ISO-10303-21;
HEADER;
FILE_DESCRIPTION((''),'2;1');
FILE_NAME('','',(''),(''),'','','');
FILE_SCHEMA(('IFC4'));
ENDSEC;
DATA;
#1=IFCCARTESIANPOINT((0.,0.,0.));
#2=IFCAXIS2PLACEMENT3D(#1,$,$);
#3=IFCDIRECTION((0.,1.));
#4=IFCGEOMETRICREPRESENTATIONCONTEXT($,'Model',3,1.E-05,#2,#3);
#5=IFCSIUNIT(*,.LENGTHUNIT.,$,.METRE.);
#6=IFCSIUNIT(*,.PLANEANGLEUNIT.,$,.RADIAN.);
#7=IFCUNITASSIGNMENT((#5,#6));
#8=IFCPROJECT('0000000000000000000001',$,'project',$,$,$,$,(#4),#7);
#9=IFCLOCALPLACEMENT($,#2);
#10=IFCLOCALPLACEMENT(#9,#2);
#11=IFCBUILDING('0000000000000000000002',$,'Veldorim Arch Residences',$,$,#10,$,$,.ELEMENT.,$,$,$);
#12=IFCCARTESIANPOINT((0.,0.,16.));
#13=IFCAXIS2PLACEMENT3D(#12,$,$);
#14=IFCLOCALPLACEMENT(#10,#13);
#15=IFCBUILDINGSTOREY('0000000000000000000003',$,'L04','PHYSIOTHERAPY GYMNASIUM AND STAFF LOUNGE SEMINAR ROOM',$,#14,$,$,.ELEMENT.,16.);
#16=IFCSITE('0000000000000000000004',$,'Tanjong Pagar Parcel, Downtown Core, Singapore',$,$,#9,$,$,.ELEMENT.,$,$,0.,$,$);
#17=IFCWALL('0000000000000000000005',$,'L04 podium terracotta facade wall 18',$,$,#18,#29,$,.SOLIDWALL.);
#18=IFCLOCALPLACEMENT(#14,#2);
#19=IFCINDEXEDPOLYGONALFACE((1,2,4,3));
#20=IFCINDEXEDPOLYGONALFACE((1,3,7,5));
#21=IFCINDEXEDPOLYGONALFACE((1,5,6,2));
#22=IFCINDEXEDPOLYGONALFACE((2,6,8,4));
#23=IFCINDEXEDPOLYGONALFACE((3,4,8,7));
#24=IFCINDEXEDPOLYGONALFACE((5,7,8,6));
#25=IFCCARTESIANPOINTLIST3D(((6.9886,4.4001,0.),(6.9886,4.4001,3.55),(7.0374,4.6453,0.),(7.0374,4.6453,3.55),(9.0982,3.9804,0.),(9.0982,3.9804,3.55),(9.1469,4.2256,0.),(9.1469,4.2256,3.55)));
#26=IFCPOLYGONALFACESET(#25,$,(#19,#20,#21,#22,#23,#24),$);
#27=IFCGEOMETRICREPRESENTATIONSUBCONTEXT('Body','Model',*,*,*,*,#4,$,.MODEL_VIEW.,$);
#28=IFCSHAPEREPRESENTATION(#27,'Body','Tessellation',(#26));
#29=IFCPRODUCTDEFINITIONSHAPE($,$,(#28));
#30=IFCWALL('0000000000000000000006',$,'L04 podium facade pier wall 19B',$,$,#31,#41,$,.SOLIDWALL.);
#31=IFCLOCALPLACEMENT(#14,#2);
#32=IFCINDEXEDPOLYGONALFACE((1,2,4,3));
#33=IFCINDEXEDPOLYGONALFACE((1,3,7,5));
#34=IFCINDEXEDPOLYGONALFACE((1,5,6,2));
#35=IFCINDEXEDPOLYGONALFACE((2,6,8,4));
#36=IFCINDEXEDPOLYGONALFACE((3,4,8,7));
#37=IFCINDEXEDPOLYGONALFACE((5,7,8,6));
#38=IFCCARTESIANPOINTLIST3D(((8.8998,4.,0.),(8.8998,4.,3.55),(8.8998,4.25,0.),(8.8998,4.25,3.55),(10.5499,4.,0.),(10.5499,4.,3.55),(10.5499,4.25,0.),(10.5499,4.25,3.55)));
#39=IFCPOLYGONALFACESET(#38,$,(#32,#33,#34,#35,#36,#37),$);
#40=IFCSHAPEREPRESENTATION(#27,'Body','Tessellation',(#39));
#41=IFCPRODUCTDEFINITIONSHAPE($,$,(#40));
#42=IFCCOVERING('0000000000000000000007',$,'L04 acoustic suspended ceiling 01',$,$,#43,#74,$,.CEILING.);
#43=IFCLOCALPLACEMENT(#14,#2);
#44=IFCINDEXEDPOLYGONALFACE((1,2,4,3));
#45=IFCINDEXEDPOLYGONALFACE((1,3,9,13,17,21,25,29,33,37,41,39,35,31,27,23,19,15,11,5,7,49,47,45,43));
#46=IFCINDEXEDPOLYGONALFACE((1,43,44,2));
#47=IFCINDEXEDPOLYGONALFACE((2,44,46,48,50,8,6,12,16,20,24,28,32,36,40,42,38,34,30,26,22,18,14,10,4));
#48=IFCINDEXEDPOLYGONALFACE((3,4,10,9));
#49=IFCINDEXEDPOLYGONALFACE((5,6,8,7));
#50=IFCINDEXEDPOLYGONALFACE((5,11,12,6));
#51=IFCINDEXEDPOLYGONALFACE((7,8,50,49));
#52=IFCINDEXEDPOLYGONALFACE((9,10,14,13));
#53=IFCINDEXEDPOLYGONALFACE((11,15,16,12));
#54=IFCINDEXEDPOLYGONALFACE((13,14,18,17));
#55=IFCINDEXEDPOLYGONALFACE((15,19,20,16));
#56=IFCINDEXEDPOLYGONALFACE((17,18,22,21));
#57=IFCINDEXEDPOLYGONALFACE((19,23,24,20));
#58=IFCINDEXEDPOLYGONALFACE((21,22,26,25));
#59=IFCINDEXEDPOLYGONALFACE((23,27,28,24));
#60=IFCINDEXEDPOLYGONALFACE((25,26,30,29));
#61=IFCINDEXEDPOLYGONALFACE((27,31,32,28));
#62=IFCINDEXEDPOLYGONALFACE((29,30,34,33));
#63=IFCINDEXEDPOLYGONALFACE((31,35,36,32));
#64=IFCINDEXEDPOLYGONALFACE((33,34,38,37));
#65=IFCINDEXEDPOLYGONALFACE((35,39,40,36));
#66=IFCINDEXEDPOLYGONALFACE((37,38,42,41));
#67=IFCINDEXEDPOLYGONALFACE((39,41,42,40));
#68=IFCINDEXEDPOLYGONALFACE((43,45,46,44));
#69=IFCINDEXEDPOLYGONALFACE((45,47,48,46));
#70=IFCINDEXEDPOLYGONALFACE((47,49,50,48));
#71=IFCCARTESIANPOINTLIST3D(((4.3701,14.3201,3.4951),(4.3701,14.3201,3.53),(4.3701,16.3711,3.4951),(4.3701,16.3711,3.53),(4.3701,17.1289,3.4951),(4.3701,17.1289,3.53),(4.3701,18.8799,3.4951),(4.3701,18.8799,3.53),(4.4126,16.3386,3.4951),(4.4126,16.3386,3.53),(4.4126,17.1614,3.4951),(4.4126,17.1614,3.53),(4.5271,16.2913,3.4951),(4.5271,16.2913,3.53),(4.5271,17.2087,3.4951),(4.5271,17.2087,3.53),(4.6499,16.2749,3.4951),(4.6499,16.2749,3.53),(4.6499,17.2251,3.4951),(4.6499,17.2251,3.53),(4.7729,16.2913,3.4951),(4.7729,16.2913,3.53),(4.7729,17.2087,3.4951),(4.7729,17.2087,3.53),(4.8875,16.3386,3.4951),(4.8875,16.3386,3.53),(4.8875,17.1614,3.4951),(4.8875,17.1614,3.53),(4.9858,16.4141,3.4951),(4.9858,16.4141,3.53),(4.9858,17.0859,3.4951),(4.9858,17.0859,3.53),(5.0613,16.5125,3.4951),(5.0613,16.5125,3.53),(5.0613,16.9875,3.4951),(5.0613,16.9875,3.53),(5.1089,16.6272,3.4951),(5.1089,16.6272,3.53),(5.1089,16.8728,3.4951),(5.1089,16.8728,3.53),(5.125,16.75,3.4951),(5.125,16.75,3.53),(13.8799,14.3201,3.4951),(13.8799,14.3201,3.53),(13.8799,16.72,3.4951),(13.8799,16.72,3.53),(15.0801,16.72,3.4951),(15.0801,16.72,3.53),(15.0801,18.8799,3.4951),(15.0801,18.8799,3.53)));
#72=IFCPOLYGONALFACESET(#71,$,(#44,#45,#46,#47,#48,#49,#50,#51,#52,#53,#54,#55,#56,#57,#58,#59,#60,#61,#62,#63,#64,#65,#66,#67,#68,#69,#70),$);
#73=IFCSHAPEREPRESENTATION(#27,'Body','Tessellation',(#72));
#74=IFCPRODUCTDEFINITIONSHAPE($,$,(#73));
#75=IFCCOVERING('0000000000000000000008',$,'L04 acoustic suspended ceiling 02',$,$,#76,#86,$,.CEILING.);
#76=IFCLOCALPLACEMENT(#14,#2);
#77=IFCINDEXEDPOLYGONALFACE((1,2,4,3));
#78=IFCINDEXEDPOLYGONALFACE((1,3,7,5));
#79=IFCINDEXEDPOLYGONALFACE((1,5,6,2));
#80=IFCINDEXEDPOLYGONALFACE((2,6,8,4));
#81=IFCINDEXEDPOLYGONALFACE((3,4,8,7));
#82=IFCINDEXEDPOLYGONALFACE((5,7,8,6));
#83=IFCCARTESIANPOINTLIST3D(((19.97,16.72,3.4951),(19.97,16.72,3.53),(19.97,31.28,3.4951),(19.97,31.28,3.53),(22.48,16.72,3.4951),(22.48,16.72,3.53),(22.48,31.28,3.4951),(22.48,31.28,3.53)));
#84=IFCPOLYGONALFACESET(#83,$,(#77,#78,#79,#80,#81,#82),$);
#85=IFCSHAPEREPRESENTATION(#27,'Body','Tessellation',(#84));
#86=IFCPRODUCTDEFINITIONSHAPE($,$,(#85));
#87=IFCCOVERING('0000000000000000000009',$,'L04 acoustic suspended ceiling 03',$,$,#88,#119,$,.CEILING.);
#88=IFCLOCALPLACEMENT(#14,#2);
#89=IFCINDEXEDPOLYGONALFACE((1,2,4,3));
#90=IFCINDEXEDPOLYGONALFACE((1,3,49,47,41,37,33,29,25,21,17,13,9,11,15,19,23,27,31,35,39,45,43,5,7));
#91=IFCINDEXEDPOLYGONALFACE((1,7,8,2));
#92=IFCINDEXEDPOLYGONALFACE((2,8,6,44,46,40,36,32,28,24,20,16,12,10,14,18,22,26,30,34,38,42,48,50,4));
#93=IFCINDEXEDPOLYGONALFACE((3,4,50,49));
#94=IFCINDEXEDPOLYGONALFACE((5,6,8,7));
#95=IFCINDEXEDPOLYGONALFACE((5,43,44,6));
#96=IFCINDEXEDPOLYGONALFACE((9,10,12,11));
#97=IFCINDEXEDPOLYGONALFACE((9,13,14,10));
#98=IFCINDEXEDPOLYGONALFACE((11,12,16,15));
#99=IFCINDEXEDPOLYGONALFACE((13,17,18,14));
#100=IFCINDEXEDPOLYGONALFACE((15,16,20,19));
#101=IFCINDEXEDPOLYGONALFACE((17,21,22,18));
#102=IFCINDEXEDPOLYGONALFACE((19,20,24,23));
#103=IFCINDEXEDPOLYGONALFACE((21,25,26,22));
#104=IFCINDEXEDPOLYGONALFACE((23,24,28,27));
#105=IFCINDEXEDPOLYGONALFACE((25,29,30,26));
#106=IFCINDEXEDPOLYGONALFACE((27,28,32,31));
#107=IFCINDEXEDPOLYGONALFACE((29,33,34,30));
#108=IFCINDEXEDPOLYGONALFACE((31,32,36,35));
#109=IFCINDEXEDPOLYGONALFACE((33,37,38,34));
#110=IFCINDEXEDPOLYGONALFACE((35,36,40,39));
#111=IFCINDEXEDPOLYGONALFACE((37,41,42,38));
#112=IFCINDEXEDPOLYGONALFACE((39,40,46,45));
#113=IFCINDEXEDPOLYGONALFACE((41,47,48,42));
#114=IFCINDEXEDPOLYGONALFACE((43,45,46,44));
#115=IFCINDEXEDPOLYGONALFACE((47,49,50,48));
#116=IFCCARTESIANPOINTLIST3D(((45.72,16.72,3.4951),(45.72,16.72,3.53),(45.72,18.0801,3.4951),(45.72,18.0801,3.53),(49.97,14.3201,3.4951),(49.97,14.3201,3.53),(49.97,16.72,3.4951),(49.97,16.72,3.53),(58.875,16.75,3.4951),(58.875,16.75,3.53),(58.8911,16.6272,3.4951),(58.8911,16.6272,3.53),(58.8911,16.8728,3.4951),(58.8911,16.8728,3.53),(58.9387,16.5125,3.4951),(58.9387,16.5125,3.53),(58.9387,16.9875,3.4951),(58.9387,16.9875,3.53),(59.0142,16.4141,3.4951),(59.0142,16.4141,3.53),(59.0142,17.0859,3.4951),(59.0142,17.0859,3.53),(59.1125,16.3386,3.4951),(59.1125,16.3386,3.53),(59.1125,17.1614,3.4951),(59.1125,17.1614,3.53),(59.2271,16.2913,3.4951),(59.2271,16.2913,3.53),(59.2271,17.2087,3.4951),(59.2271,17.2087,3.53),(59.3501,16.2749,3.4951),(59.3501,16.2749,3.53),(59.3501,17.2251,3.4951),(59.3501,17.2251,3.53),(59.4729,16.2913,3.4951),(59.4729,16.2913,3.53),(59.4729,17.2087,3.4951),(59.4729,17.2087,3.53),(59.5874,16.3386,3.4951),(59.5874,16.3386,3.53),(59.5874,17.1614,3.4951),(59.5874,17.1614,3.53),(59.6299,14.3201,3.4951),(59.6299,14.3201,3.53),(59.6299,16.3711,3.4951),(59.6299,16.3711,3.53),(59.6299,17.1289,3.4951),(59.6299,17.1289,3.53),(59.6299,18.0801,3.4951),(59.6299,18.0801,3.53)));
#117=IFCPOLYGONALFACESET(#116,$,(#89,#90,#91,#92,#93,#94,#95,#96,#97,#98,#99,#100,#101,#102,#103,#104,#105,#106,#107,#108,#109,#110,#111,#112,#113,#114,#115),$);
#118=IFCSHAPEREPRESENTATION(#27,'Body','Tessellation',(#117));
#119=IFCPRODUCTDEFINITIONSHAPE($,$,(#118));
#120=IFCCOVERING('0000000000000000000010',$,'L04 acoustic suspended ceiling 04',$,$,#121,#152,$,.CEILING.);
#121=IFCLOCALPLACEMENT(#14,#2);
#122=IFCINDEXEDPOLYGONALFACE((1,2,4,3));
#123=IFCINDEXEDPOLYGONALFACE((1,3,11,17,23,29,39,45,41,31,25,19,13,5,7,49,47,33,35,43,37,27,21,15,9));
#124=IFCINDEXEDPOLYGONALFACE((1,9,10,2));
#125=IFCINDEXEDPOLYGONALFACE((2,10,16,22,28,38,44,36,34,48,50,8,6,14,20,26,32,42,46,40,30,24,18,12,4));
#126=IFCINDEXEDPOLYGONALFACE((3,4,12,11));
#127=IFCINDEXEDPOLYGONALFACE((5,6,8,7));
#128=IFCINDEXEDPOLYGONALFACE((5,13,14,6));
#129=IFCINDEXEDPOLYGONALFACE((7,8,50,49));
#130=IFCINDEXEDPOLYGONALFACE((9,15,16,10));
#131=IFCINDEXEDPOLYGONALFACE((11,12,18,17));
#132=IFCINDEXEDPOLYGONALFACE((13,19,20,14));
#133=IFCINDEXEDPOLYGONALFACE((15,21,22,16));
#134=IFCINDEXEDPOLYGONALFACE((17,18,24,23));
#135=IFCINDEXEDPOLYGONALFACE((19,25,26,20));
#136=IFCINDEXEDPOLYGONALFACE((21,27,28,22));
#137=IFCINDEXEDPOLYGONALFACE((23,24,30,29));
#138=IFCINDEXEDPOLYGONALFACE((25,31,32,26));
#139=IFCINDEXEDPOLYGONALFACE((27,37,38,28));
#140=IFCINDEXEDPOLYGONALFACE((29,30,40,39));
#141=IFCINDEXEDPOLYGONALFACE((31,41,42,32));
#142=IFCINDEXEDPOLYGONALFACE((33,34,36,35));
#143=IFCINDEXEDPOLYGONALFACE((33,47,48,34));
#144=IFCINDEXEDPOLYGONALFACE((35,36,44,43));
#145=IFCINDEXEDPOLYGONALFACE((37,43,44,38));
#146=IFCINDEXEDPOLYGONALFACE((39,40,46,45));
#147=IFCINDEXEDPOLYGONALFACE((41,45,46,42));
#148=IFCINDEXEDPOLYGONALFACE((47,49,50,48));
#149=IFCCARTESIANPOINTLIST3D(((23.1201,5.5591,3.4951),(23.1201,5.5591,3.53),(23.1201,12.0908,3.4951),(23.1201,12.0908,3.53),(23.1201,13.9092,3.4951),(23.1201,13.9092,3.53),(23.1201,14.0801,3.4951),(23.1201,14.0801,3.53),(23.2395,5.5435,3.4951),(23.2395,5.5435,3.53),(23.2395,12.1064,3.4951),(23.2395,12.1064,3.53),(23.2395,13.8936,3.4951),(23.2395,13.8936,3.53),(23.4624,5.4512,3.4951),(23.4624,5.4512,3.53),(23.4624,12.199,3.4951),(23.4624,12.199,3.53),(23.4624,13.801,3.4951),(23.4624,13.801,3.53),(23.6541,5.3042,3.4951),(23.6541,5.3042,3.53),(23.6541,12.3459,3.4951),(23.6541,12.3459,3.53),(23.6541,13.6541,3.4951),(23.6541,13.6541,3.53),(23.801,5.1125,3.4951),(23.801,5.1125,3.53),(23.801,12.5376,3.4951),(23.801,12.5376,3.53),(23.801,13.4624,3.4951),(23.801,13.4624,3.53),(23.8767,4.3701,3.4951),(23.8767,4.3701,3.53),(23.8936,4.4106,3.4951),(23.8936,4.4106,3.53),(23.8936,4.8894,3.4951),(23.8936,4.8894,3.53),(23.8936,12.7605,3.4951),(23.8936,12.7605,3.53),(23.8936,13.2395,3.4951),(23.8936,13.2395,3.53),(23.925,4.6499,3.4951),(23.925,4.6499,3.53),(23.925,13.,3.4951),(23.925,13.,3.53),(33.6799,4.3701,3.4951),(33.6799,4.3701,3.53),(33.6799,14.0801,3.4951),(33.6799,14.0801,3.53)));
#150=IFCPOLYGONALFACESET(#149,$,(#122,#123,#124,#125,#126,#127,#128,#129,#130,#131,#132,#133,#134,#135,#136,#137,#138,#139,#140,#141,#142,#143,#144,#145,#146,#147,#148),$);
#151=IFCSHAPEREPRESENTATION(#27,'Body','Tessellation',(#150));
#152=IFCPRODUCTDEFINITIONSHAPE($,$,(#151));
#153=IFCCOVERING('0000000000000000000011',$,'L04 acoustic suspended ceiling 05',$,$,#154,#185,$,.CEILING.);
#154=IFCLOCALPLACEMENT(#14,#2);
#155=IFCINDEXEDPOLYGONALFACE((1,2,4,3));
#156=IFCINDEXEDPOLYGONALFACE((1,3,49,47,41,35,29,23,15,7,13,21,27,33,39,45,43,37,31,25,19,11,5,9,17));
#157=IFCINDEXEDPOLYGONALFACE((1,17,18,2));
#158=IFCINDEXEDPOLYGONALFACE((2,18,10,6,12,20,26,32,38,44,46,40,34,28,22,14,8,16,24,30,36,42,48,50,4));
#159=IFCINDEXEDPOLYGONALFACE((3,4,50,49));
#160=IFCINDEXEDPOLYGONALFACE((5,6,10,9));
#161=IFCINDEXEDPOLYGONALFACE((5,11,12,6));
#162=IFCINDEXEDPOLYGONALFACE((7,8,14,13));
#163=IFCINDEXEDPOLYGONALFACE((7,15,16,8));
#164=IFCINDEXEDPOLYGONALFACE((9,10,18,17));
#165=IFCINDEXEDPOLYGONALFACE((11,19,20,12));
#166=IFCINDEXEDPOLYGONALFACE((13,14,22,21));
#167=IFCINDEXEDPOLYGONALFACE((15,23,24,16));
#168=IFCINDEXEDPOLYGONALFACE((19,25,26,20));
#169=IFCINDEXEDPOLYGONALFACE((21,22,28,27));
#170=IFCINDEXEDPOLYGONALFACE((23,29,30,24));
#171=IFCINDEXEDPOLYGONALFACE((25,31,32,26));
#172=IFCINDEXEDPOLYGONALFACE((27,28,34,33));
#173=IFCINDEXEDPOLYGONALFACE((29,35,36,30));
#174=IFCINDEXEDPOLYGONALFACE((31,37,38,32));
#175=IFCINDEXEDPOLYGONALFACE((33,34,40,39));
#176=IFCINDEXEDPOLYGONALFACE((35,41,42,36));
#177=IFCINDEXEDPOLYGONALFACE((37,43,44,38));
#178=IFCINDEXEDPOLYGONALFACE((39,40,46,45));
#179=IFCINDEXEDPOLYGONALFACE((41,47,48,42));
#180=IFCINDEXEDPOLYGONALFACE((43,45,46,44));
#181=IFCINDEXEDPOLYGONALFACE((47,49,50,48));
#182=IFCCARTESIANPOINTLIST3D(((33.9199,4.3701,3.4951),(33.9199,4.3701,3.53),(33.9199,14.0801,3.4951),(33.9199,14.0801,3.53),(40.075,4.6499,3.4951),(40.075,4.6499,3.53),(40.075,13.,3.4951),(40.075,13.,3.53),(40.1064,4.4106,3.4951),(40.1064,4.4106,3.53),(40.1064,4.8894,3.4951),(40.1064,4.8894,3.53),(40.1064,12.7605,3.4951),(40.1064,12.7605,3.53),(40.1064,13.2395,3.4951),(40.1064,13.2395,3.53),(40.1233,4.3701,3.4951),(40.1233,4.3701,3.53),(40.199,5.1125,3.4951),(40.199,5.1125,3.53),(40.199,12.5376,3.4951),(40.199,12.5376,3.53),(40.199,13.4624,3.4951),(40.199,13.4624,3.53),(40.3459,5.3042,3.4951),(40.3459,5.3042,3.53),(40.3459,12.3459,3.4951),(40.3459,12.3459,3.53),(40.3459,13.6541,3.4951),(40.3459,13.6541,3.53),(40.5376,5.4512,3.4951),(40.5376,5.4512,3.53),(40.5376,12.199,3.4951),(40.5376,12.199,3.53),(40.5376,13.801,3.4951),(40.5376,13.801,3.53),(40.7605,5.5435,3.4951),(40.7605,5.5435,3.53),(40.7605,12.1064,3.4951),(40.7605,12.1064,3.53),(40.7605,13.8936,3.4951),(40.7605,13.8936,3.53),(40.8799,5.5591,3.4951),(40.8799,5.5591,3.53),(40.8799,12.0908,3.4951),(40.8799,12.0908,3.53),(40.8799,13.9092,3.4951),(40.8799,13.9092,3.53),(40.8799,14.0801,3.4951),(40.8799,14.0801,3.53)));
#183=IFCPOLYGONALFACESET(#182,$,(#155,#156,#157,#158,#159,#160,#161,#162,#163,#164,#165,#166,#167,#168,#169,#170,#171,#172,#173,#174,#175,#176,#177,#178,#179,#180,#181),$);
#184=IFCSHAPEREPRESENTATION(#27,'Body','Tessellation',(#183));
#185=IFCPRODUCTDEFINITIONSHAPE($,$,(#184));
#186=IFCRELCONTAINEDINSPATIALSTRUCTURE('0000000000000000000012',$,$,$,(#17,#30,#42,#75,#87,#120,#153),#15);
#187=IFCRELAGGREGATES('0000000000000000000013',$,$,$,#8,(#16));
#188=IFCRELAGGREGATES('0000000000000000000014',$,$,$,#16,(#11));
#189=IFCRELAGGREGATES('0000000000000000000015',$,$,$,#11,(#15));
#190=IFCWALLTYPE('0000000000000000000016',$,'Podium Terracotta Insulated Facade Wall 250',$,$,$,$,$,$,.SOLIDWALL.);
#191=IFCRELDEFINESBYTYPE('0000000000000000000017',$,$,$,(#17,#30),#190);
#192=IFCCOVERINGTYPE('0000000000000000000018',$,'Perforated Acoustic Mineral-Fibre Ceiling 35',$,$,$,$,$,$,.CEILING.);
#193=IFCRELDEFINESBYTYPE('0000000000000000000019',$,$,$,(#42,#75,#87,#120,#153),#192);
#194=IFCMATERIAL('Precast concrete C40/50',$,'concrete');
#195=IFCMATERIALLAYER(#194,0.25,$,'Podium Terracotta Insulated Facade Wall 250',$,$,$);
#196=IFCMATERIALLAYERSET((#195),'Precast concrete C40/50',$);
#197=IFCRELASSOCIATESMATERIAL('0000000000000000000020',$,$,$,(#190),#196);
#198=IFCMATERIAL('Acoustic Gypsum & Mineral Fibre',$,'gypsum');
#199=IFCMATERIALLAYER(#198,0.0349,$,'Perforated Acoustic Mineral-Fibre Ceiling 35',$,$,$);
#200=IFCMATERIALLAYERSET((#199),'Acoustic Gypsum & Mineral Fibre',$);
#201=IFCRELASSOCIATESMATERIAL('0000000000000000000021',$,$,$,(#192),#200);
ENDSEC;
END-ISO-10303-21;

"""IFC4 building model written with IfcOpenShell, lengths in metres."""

from ifc_helpers import new_model, si_unit, direction, frame, frame_2d, origin, place, context, subcontext, project, spatial, polyline, rectangle, outline, extrude, material, layer, layer_set, type_object, element, save


model = new_model("IFC4")

# Units and contexts
model_context = context("Model", 3, precision=1e-05, world=origin(), true_north=direction((0.0, 1.0)))
body_context = subcontext(model_context, "Body", "Model", "MODEL_VIEW")
ifc_project = project(units=[si_unit("LENGTHUNIT", "METRE"), si_unit("PLANEANGLEUNIT", "RADIAN")], contexts=[model_context])

# Site, building, storey
site_placement = place(None, origin())
site = spatial("IfcSite", under=ifc_project, at=site_placement, Name="Tanjong Pagar Parcel, Downtown Core, Singapore", CompositionType="ELEMENT", RefElevation=0.0)
building_placement = place(site_placement, origin())
building = spatial("IfcBuilding", under=site, at=building_placement, Name="Veldorim Arch Residences", CompositionType="ELEMENT")
storey_placement = place(building_placement, frame((0.0, 0.0, 16.0)))
storey = spatial("IfcBuildingStorey", under=building, at=storey_placement, Name="L04", Description="PHYSIOTHERAPY GYMNASIUM AND STAFF LOUNGE SEMINAR ROOM", CompositionType="ELEMENT", Elevation=16.0)

# Walls
ifc_material_1 = material(Name="Precast concrete C40/50", Category="concrete")
ifc_layer_1 = layer(ifc_material_1, 0.25, Name="Podium Terracotta Insulated Facade Wall 250")
ifc_layer_set_1 = layer_set([ifc_layer_1], Name="Precast concrete C40/50")
wall_type = type_object("IfcWallType", Name="Podium Terracotta Insulated Facade Wall 250", PredefinedType="SOLIDWALL", material=ifc_layer_set_1)
wall_1_placement = place(storey_placement, frame((9.1226, 4.103, 0.0), z_axis=(0.0, 0.0, 1.0), x_axis=(-0.980781, 0.195112, 0.0)))
element("IfcWall", 1, at=wall_1_placement, inside=storey, type_object=wall_type, Name="L04 podium terracotta facade wall 18", PredefinedType="SOLIDWALL", context=body_context, shape_type="SweptSolid", body=[
    extrude(rectangle(XDim=2.1509, YDim=0.25, at=frame_2d((1.0754, 0.0))), origin(), (0.0, 0.0, 1.0), 3.55),
])
wall_2_placement = place(storey_placement, frame((10.55, 4.125, 0.0), z_axis=(0.0, 0.0, 1.0), x_axis=(-1.0, 0.0, 0.0)))
element("IfcWall", 2, at=wall_2_placement, inside=storey, type_object=wall_type, Name="L04 podium facade pier wall 19B", PredefinedType="SOLIDWALL", context=body_context, shape_type="SweptSolid", body=[
    extrude(rectangle(XDim=1.6501, YDim=0.25, at=frame_2d((0.8252, 0.0))), origin(), (0.0, 0.0, 1.0), 3.55),
])

# Coverings
ifc_material_2 = material(Name="Acoustic Gypsum & Mineral Fibre", Category="gypsum")
ifc_layer_2 = layer(ifc_material_2, 0.0349, Name="Perforated Acoustic Mineral-Fibre Ceiling 35")
ifc_layer_set_2 = layer_set([ifc_layer_2], Name="Acoustic Gypsum & Mineral Fibre")
covering_type_1 = type_object("IfcCoveringType", Name="Perforated Acoustic Mineral-Fibre Ceiling 35", PredefinedType="CEILING", material=ifc_layer_set_2)
covering_1_placement = place(storey_placement, frame((0.0, 0.0, 3.4951)))
element("IfcCovering", 3, at=covering_1_placement, inside=storey, type_object=covering_type_1, Name="L04 acoustic suspended ceiling 01", PredefinedType="CEILING", context=body_context, shape_type="SweptSolid", body=[
    extrude(outline(polyline([(13.8799, 14.3201), (4.3701, 14.3201), (4.3701, 16.3711), (4.4126, 16.3386), (4.5271, 16.2913), (4.6499, 16.2749), (4.7729, 16.2913), (4.8875, 16.3386), (4.9858, 16.4141), (5.0613, 16.5125), (5.1089, 16.6272), (5.125, 16.75), (5.1089, 16.8728), (5.0613, 16.9875), (4.9858, 17.0859), (4.8875, 17.1614), (4.7729, 17.2087), (4.6499, 17.2251), (4.5271, 17.2087), (4.4126, 17.1614), (4.3701, 17.1289), (4.3701, 18.8799), (15.0801, 18.8799), (15.0801, 16.72), (13.8799, 16.72), (13.8799, 14.3201)])), origin(), (0.0, 0.0, 1.0), 0.0349),
])
covering_2_placement = place(storey_placement, frame((0.0, 0.0, 3.4951)))
element("IfcCovering", 4, at=covering_2_placement, inside=storey, type_object=covering_type_1, Name="L04 acoustic suspended ceiling 02", PredefinedType="CEILING", context=body_context, shape_type="SweptSolid", body=[
    extrude(outline(polyline([(22.48, 31.28), (22.48, 16.72), (19.97, 16.72), (19.97, 31.28), (22.48, 31.28)])), origin(), (0.0, 0.0, 1.0), 0.0349),
])
covering_3_placement = place(storey_placement, frame((0.0, 0.0, 3.4951)))
element("IfcCovering", 5, at=covering_3_placement, inside=storey, type_object=covering_type_1, Name="L04 acoustic suspended ceiling 03", PredefinedType="CEILING", context=body_context, shape_type="SweptSolid", body=[
    extrude(outline(polyline([(49.97, 16.72), (45.72, 16.72), (45.72, 18.0801), (59.6299, 18.0801), (59.6299, 17.1289), (59.5874, 17.1614), (59.4729, 17.2087), (59.3501, 17.2251), (59.2271, 17.2087), (59.1125, 17.1614), (59.0142, 17.0859), (58.9387, 16.9875), (58.8911, 16.8728), (58.875, 16.75), (58.8911, 16.6272), (58.9387, 16.5125), (59.0142, 16.4141), (59.1125, 16.3386), (59.2271, 16.2913), (59.3501, 16.2749), (59.4729, 16.2913), (59.5874, 16.3386), (59.6299, 16.3711), (59.6299, 14.3201), (49.97, 14.3201), (49.97, 16.72)])), origin(), (0.0, 0.0, 1.0), 0.0349),
])
covering_4_placement = place(storey_placement, frame((0.0, 0.0, 3.4951)))
element("IfcCovering", 6, at=covering_4_placement, inside=storey, type_object=covering_type_1, Name="L04 acoustic suspended ceiling 04", PredefinedType="CEILING", context=body_context, shape_type="SweptSolid", body=[
    extrude(outline(polyline([(33.6799, 14.0801), (33.6799, 4.3701), (23.8767, 4.3701), (23.8936, 4.4106), (23.925, 4.6499), (23.8936, 4.8894), (23.801, 5.1125), (23.6541, 5.3042), (23.4624, 5.4512), (23.2395, 5.5435), (23.1201, 5.5591), (23.1201, 12.0908), (23.2395, 12.1064), (23.4624, 12.199), (23.6541, 12.3459), (23.801, 12.5376), (23.8936, 12.7605), (23.925, 13.0), (23.8936, 13.2395), (23.801, 13.4624), (23.6541, 13.6541), (23.4624, 13.801), (23.2395, 13.8936), (23.1201, 13.9092), (23.1201, 14.0801), (33.6799, 14.0801)])), origin(), (0.0, 0.0, 1.0), 0.0349),
])
covering_5_placement = place(storey_placement, frame((0.0, 0.0, 3.4951)))
element("IfcCovering", 7, at=covering_5_placement, inside=storey, type_object=covering_type_1, Name="L04 acoustic suspended ceiling 05", PredefinedType="CEILING", context=body_context, shape_type="SweptSolid", body=[
    extrude(outline(polyline([(40.8799, 14.0801), (40.8799, 13.9092), (40.7605, 13.8936), (40.5376, 13.801), (40.3459, 13.6541), (40.199, 13.4624), (40.1064, 13.2395), (40.075, 13.0), (40.1064, 12.7605), (40.199, 12.5376), (40.3459, 12.3459), (40.5376, 12.199), (40.7605, 12.1064), (40.8799, 12.0908), (40.8799, 5.5591), (40.7605, 5.5435), (40.5376, 5.4512), (40.3459, 5.3042), (40.199, 5.1125), (40.1064, 4.8894), (40.075, 4.6499), (40.1064, 4.4106), (40.1233, 4.3701), (33.9199, 4.3701), (33.9199, 14.0801), (40.8799, 14.0801)])), origin(), (0.0, 0.0, 1.0), 0.0349),
])

save(model, "model.ifc")
